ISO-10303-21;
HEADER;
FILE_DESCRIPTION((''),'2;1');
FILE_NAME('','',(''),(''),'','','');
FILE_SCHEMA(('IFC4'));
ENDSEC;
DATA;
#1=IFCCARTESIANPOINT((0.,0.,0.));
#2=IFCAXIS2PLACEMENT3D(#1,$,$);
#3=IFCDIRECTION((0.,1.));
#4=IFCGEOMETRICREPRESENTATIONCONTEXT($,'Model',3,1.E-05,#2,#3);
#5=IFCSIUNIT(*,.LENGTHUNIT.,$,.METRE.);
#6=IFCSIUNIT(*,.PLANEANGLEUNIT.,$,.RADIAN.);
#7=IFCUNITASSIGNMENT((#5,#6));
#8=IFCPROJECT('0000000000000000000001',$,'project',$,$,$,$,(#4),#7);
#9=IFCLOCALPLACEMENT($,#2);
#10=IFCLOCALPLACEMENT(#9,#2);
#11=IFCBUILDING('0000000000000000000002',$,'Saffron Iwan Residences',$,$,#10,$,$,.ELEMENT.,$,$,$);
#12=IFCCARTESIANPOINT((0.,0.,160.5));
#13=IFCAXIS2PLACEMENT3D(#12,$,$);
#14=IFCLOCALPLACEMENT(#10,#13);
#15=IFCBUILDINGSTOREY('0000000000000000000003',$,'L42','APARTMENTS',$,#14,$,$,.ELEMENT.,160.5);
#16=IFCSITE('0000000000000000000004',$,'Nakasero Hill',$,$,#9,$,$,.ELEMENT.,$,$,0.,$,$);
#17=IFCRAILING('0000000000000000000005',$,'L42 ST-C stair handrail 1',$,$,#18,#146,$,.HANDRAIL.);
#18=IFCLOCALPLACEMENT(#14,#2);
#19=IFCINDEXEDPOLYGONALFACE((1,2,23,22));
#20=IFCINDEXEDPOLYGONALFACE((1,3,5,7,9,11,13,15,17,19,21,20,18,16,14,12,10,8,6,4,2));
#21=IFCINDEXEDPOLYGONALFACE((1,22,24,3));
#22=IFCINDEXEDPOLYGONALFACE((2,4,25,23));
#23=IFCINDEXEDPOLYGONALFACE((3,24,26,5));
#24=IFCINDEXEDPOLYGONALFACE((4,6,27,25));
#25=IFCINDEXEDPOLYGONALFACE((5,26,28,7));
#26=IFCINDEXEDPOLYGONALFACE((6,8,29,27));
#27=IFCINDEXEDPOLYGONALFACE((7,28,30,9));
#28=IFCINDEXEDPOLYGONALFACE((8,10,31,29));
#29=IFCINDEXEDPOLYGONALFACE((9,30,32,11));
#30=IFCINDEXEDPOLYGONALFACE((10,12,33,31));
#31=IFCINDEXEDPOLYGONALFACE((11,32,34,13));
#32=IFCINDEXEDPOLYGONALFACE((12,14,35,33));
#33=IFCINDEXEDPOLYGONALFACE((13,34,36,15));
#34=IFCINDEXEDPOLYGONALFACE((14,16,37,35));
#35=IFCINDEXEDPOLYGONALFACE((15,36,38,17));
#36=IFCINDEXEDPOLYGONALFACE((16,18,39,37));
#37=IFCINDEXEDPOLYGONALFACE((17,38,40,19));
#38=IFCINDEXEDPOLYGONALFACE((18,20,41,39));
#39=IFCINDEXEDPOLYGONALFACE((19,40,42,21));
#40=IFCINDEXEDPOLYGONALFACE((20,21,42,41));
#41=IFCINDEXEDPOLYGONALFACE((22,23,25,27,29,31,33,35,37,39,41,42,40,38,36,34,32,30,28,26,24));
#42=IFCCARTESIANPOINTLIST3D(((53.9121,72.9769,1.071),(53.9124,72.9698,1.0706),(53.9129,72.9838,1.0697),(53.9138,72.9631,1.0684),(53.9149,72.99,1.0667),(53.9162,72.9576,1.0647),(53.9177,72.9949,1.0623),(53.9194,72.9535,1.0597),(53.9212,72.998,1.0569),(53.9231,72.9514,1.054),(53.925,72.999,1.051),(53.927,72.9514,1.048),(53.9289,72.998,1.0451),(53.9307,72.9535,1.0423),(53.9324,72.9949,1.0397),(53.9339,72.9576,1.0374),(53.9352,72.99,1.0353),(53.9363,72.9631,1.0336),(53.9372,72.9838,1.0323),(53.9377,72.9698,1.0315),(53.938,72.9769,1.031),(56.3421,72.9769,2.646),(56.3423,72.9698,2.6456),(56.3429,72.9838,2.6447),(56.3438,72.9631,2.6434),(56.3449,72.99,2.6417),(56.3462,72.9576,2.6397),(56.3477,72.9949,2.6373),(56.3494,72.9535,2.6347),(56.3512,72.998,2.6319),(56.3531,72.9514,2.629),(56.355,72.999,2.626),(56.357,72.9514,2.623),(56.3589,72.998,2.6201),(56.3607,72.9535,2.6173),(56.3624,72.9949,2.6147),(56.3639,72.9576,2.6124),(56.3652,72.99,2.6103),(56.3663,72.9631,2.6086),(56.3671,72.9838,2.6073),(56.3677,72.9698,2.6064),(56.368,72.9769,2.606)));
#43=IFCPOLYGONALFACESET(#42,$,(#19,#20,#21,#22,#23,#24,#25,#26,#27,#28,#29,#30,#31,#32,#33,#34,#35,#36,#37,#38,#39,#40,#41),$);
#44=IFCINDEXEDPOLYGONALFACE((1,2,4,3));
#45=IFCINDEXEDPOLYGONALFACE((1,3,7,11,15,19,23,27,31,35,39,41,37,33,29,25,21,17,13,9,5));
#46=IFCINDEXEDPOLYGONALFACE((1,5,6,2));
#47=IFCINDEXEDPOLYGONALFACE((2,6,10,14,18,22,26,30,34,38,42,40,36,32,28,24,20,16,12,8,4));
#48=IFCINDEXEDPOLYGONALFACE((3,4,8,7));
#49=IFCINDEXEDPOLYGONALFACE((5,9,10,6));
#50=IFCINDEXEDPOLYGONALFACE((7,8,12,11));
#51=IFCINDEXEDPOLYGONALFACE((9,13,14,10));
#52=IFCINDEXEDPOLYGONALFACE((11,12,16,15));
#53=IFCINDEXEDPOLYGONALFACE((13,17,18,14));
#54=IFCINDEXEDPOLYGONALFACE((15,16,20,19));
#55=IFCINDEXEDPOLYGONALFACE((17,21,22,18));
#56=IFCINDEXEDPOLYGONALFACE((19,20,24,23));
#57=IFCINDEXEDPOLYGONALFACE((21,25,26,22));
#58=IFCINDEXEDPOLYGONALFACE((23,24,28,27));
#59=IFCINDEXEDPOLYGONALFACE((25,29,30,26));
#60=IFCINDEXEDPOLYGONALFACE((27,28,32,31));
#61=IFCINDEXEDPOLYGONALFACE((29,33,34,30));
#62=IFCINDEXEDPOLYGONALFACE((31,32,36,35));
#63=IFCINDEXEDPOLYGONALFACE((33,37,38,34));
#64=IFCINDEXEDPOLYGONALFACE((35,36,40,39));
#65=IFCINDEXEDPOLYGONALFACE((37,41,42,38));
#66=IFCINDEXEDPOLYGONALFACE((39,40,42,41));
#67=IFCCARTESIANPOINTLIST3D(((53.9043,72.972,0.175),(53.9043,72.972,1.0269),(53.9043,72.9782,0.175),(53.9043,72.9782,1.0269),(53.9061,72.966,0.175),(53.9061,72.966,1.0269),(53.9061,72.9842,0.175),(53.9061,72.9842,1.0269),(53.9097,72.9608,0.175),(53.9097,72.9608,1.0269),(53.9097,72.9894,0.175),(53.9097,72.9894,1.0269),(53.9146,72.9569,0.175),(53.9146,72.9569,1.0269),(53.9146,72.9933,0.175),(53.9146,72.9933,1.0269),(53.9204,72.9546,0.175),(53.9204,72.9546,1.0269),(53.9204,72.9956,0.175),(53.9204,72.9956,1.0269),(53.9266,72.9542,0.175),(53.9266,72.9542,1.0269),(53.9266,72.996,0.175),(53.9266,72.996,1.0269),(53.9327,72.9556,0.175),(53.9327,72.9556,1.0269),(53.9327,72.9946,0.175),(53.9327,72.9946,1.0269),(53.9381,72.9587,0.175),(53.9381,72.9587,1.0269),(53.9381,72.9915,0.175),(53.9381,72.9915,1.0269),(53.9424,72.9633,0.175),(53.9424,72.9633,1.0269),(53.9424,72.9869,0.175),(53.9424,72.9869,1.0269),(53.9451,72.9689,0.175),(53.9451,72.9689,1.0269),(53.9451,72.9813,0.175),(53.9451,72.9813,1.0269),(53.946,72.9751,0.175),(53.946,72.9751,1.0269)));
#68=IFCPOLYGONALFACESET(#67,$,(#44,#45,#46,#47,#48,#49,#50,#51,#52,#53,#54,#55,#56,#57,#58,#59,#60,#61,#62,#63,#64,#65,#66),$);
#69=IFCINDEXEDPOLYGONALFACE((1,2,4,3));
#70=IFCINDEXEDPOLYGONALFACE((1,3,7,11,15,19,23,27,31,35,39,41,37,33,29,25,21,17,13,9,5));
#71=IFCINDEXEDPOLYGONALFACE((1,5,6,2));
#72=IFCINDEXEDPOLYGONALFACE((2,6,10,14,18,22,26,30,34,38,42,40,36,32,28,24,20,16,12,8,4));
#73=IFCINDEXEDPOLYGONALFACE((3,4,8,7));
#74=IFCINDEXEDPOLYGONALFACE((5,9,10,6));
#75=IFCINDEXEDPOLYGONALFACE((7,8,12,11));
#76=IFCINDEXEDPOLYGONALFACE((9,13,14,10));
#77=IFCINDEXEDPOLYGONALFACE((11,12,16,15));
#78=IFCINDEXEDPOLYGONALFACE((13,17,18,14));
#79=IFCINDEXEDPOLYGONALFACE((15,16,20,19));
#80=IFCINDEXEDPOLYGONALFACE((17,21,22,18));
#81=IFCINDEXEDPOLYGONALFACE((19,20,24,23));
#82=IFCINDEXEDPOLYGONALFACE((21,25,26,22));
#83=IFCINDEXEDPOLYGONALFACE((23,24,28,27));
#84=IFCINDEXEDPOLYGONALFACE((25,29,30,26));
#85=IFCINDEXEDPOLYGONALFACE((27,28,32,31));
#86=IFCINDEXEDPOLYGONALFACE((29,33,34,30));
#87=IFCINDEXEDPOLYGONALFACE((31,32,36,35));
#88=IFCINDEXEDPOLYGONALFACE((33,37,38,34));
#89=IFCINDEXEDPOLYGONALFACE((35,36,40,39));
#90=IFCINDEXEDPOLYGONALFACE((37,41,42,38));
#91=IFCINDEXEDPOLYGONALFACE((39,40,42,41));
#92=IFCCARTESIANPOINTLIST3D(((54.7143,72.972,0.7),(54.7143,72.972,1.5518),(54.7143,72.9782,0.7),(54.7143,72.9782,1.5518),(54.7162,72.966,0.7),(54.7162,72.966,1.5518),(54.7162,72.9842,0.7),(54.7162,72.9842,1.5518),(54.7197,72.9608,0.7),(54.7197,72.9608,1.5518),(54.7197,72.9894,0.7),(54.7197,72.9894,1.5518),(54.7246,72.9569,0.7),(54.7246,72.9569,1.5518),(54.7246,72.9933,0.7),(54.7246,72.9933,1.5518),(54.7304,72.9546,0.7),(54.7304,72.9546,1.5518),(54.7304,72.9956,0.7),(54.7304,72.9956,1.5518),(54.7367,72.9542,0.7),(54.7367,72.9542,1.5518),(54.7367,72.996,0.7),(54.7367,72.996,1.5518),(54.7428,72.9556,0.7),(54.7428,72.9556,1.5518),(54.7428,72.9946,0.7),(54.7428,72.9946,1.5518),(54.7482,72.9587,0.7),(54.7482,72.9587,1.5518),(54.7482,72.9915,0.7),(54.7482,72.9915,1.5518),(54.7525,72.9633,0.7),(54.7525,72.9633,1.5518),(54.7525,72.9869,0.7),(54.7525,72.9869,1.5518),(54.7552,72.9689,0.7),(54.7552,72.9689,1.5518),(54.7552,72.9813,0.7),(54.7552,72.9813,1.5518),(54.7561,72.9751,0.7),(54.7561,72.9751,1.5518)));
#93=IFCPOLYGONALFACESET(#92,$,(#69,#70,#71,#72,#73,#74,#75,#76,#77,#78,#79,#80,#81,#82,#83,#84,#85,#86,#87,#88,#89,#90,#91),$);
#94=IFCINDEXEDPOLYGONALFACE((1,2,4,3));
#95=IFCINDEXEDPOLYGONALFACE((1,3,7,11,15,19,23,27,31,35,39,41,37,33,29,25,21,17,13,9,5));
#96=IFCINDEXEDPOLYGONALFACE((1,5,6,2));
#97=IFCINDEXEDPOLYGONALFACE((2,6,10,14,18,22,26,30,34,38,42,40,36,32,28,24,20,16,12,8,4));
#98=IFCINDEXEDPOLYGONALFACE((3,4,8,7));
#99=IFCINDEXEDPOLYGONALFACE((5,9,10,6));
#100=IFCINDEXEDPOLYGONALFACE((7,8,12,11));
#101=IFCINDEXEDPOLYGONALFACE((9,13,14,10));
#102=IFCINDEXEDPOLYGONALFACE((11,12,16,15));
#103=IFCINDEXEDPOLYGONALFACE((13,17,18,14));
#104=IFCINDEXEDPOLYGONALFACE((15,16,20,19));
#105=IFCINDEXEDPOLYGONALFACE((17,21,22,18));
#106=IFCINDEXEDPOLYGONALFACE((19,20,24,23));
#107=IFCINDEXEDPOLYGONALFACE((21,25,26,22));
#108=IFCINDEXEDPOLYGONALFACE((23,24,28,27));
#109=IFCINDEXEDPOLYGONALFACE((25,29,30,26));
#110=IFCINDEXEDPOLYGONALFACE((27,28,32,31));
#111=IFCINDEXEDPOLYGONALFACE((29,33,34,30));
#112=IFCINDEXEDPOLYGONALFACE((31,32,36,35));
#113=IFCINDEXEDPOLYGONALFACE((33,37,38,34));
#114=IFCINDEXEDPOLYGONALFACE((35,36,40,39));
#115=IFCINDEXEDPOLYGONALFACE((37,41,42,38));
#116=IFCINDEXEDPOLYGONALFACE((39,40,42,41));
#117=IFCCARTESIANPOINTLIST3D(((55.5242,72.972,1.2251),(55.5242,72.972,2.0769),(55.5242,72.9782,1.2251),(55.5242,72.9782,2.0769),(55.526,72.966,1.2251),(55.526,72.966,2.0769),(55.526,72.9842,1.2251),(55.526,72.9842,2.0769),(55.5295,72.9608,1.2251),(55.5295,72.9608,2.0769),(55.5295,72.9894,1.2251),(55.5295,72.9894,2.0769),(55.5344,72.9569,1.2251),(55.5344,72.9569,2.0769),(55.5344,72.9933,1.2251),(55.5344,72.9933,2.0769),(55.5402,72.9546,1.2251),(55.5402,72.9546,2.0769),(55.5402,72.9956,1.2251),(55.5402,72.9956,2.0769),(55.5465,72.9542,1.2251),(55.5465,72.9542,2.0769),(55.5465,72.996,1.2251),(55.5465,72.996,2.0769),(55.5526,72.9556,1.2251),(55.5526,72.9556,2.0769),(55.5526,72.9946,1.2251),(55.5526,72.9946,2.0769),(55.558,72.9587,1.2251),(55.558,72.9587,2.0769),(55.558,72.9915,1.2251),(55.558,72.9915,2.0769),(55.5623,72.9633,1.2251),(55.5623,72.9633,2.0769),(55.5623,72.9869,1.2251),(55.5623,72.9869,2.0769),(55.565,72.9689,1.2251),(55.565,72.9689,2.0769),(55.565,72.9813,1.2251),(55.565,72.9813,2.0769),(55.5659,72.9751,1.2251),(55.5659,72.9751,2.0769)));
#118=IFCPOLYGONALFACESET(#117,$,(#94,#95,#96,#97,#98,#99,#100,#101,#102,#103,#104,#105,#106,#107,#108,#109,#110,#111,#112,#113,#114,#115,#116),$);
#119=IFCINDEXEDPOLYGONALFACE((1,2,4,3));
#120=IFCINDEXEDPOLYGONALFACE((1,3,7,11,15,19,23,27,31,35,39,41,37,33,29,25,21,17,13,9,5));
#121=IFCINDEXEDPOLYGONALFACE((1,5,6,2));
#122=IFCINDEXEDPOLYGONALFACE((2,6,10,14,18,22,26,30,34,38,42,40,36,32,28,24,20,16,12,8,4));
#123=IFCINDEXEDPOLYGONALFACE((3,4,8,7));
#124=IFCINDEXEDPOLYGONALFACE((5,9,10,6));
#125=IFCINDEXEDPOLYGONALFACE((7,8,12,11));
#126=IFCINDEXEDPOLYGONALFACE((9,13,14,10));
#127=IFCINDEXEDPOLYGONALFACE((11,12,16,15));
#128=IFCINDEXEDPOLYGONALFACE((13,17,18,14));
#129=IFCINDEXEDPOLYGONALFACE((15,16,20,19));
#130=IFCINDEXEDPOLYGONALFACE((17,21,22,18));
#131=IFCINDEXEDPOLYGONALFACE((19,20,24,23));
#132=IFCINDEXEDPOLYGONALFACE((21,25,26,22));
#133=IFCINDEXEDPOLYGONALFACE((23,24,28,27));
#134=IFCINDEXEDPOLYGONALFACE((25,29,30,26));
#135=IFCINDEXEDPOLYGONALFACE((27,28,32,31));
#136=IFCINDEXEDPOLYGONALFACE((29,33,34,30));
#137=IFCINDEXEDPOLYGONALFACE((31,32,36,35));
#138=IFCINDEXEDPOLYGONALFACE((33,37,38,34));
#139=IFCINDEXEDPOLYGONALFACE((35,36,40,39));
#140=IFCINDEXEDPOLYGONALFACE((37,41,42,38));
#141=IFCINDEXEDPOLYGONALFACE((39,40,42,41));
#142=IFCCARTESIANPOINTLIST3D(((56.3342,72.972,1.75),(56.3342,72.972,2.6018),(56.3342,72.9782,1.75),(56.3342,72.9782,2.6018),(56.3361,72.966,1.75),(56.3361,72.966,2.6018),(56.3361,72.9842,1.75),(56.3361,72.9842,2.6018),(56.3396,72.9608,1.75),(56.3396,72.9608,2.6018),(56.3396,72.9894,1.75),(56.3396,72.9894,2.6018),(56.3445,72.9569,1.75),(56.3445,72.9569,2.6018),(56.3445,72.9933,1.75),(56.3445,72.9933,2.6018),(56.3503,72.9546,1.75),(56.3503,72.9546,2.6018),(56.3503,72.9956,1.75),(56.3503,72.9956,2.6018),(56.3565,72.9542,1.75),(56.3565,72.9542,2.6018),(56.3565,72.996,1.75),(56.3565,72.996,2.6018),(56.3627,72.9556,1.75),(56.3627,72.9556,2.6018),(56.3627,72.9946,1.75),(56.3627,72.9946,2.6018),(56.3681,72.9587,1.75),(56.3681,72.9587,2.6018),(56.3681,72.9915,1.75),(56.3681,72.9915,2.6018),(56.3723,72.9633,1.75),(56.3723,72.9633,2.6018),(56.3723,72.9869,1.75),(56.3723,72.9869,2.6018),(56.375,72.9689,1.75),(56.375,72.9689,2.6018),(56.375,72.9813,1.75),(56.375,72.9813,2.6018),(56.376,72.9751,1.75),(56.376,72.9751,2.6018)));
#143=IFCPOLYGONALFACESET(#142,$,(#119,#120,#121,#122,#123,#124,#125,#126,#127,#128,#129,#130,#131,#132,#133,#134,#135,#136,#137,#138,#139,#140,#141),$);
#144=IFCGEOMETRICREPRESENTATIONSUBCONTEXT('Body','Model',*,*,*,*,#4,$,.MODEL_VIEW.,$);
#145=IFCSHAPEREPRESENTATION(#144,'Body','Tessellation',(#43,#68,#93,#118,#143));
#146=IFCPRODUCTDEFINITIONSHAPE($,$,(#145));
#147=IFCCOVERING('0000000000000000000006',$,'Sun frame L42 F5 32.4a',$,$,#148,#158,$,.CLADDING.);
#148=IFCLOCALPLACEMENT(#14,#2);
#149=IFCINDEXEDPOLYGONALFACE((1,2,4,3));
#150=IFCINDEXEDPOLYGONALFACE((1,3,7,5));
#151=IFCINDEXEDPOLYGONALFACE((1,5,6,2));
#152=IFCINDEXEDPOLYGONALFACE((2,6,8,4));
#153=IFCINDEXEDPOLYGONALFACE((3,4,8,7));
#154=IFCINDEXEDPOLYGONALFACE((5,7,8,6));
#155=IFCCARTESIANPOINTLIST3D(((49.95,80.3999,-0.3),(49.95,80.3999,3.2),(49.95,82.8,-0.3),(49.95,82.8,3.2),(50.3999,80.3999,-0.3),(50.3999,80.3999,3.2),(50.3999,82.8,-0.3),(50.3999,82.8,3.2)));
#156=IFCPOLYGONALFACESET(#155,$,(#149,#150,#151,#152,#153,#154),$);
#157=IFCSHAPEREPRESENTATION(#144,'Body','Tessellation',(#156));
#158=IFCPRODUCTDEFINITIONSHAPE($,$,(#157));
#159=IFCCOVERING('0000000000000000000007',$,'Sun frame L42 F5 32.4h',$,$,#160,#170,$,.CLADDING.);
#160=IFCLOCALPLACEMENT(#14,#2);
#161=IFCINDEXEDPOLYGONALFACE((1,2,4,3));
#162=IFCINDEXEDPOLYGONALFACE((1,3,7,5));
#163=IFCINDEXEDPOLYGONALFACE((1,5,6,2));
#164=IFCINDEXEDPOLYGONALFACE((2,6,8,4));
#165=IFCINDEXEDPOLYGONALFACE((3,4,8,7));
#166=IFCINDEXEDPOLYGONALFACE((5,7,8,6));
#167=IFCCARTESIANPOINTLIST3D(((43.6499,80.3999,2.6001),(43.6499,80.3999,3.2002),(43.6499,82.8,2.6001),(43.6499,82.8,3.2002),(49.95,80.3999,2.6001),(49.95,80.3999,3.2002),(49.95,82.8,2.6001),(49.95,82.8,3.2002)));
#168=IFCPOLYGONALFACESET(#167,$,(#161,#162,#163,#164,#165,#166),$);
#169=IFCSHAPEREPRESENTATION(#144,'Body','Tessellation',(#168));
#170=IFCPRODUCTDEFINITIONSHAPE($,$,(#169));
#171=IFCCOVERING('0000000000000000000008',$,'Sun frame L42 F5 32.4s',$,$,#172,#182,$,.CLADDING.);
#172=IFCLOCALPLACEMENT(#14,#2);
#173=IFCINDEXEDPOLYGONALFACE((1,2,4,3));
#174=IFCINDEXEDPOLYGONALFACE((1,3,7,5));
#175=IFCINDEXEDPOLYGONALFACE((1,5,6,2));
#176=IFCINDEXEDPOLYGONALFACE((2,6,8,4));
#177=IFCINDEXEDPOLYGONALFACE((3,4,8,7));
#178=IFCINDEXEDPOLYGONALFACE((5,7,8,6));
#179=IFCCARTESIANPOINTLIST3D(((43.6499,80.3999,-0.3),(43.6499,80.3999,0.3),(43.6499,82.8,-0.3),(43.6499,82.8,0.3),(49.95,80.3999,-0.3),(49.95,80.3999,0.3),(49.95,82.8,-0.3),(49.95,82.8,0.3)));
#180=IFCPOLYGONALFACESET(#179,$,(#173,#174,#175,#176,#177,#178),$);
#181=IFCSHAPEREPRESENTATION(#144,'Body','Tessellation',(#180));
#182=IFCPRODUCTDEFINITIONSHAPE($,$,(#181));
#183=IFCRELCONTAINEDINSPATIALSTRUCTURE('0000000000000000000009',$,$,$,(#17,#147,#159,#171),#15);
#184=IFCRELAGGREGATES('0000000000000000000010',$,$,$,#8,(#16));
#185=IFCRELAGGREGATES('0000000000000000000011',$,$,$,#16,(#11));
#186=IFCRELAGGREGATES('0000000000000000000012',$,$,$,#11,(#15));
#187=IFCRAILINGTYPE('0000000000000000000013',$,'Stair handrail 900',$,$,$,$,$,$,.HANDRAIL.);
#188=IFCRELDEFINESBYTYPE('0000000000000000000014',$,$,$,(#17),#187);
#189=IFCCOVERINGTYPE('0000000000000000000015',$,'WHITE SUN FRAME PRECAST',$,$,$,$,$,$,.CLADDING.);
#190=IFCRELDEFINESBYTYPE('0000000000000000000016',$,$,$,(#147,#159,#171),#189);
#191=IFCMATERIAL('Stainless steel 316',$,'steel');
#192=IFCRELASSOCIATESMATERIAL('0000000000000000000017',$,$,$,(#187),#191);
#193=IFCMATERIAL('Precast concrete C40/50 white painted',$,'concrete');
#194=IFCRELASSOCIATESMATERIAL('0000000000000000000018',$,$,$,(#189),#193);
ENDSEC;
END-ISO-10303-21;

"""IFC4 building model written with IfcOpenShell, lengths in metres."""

from ifc_helpers import new_model, si_unit, direction, frame, origin, origin_2d, place, context, subcontext, project, spatial, polyline, circle, outline, extrude, material, type_object, element, save


model = new_model("IFC4")

# Units and contexts
model_context = context("Model", 3, precision=1e-05, world=origin(), true_north=direction((0.0, 1.0)))
body_context = subcontext(model_context, "Body", "Model", "MODEL_VIEW")
ifc_project = project(units=[si_unit("LENGTHUNIT", "METRE"), si_unit("PLANEANGLEUNIT", "RADIAN")], contexts=[model_context])

# Site, building, storey
site_placement = place(None, origin())
site = spatial("IfcSite", under=ifc_project, at=site_placement, Name="Nakasero Hill", CompositionType="ELEMENT", RefElevation=0.0)
building_placement = place(site_placement, origin())
building = spatial("IfcBuilding", under=site, at=building_placement, Name="Saffron Iwan Residences", CompositionType="ELEMENT")
storey_placement = place(building_placement, frame((0.0, 0.0, 160.5)))
storey = spatial("IfcBuildingStorey", under=building, at=storey_placement, Name="L42", Description="APARTMENTS", CompositionType="ELEMENT", Elevation=160.5)

# Railing
ifc_material_1 = material(Name="Stainless steel 316", Category="steel")
railing_type_1 = type_object("IfcRailingType", Name="Stair handrail 900", PredefinedType="HANDRAIL", material=ifc_material_1)
railing_1_placement = place(storey_placement, frame((53.925, 72.9751, 0.175)))
element("IfcRailing", 1, at=railing_1_placement, inside=storey, type_object=railing_type_1, Name="L42 ST-C stair handrail 1", PredefinedType="HANDRAIL", context=body_context, shape_type="SweptSolid", body=[
    extrude(circle(Radius=0.0239, at=origin_2d()), frame((0.0, 0.0, 0.876), z_axis=(0.839154, 0.0, 0.543894), x_axis=(0.0, 1.0, 0.0)), (0.0, 0.0, 1.0), 2.8958),
    extrude(circle(Radius=0.021, at=origin_2d()), origin(), (0.0, 0.0, 1.0), 0.8518),
    extrude(circle(Radius=0.021, at=origin_2d()), frame((0.8101, 0.0, 0.5249)), (0.0, 0.0, 1.0), 0.8518),
    extrude(circle(Radius=0.021, at=origin_2d()), frame((1.6199, 0.0, 1.05)), (0.0, 0.0, 1.0), 0.8518),
    extrude(circle(Radius=0.021, at=origin_2d()), frame((2.4299, 0.0, 1.575)), (0.0, 0.0, 1.0), 0.8518),
])

# Coverings
ifc_material_2 = material(Name="Precast concrete C40/50 white painted", Category="concrete")
covering_type = type_object("IfcCoveringType", Name="WHITE SUN FRAME PRECAST", PredefinedType="CLADDING", material=ifc_material_2)
covering_placement = place(storey_placement, frame((50.3999, 80.3999, -0.3), z_axis=(0.0, 1.0, 0.0), x_axis=(-1.0, 0.0, 0.0)))
element("IfcCovering", 2, at=covering_placement, inside=storey, type_object=covering_type, Name="Sun frame L42 F5 32.4a", PredefinedType="CLADDING", context=body_context, shape_type="SweptSolid", body=[
    extrude(outline(polyline([(0.0, 0.0), (0.45, 0.0), (0.45, 3.5), (0.0, 3.5), (0.0, 0.0)])), origin(), (0.0, 0.0, 1.0), 2.4001),
])
for number, where, z_axis, x_axis, name in (
    (3, (49.95, 80.3999, 2.6001), (0.0, 1.0, 0.0), (-1.0, 0.0, 0.0), "Sun frame L42 F5 32.4h"),
    (4, (49.95, 80.3999, -0.3), (0.0, 1.0, 0.0), (-1.0, 0.0, 0.0), "Sun frame L42 F5 32.4s"),
):
    element("IfcCovering", number, at=place(storey_placement, frame(where, z_axis=z_axis, x_axis=x_axis)), inside=storey, type_object=covering_type, Name=name, PredefinedType="CLADDING", context=body_context, shape_type="SweptSolid", body=[
        extrude(outline(polyline([(0.0, 0.0), (6.3, 0.0), (6.3, 0.6001), (0.0, 0.6001), (0.0, 0.0)])), origin(), (0.0, 0.0, 1.0), 2.4001),
    ])

save(model, "model.ifc")
